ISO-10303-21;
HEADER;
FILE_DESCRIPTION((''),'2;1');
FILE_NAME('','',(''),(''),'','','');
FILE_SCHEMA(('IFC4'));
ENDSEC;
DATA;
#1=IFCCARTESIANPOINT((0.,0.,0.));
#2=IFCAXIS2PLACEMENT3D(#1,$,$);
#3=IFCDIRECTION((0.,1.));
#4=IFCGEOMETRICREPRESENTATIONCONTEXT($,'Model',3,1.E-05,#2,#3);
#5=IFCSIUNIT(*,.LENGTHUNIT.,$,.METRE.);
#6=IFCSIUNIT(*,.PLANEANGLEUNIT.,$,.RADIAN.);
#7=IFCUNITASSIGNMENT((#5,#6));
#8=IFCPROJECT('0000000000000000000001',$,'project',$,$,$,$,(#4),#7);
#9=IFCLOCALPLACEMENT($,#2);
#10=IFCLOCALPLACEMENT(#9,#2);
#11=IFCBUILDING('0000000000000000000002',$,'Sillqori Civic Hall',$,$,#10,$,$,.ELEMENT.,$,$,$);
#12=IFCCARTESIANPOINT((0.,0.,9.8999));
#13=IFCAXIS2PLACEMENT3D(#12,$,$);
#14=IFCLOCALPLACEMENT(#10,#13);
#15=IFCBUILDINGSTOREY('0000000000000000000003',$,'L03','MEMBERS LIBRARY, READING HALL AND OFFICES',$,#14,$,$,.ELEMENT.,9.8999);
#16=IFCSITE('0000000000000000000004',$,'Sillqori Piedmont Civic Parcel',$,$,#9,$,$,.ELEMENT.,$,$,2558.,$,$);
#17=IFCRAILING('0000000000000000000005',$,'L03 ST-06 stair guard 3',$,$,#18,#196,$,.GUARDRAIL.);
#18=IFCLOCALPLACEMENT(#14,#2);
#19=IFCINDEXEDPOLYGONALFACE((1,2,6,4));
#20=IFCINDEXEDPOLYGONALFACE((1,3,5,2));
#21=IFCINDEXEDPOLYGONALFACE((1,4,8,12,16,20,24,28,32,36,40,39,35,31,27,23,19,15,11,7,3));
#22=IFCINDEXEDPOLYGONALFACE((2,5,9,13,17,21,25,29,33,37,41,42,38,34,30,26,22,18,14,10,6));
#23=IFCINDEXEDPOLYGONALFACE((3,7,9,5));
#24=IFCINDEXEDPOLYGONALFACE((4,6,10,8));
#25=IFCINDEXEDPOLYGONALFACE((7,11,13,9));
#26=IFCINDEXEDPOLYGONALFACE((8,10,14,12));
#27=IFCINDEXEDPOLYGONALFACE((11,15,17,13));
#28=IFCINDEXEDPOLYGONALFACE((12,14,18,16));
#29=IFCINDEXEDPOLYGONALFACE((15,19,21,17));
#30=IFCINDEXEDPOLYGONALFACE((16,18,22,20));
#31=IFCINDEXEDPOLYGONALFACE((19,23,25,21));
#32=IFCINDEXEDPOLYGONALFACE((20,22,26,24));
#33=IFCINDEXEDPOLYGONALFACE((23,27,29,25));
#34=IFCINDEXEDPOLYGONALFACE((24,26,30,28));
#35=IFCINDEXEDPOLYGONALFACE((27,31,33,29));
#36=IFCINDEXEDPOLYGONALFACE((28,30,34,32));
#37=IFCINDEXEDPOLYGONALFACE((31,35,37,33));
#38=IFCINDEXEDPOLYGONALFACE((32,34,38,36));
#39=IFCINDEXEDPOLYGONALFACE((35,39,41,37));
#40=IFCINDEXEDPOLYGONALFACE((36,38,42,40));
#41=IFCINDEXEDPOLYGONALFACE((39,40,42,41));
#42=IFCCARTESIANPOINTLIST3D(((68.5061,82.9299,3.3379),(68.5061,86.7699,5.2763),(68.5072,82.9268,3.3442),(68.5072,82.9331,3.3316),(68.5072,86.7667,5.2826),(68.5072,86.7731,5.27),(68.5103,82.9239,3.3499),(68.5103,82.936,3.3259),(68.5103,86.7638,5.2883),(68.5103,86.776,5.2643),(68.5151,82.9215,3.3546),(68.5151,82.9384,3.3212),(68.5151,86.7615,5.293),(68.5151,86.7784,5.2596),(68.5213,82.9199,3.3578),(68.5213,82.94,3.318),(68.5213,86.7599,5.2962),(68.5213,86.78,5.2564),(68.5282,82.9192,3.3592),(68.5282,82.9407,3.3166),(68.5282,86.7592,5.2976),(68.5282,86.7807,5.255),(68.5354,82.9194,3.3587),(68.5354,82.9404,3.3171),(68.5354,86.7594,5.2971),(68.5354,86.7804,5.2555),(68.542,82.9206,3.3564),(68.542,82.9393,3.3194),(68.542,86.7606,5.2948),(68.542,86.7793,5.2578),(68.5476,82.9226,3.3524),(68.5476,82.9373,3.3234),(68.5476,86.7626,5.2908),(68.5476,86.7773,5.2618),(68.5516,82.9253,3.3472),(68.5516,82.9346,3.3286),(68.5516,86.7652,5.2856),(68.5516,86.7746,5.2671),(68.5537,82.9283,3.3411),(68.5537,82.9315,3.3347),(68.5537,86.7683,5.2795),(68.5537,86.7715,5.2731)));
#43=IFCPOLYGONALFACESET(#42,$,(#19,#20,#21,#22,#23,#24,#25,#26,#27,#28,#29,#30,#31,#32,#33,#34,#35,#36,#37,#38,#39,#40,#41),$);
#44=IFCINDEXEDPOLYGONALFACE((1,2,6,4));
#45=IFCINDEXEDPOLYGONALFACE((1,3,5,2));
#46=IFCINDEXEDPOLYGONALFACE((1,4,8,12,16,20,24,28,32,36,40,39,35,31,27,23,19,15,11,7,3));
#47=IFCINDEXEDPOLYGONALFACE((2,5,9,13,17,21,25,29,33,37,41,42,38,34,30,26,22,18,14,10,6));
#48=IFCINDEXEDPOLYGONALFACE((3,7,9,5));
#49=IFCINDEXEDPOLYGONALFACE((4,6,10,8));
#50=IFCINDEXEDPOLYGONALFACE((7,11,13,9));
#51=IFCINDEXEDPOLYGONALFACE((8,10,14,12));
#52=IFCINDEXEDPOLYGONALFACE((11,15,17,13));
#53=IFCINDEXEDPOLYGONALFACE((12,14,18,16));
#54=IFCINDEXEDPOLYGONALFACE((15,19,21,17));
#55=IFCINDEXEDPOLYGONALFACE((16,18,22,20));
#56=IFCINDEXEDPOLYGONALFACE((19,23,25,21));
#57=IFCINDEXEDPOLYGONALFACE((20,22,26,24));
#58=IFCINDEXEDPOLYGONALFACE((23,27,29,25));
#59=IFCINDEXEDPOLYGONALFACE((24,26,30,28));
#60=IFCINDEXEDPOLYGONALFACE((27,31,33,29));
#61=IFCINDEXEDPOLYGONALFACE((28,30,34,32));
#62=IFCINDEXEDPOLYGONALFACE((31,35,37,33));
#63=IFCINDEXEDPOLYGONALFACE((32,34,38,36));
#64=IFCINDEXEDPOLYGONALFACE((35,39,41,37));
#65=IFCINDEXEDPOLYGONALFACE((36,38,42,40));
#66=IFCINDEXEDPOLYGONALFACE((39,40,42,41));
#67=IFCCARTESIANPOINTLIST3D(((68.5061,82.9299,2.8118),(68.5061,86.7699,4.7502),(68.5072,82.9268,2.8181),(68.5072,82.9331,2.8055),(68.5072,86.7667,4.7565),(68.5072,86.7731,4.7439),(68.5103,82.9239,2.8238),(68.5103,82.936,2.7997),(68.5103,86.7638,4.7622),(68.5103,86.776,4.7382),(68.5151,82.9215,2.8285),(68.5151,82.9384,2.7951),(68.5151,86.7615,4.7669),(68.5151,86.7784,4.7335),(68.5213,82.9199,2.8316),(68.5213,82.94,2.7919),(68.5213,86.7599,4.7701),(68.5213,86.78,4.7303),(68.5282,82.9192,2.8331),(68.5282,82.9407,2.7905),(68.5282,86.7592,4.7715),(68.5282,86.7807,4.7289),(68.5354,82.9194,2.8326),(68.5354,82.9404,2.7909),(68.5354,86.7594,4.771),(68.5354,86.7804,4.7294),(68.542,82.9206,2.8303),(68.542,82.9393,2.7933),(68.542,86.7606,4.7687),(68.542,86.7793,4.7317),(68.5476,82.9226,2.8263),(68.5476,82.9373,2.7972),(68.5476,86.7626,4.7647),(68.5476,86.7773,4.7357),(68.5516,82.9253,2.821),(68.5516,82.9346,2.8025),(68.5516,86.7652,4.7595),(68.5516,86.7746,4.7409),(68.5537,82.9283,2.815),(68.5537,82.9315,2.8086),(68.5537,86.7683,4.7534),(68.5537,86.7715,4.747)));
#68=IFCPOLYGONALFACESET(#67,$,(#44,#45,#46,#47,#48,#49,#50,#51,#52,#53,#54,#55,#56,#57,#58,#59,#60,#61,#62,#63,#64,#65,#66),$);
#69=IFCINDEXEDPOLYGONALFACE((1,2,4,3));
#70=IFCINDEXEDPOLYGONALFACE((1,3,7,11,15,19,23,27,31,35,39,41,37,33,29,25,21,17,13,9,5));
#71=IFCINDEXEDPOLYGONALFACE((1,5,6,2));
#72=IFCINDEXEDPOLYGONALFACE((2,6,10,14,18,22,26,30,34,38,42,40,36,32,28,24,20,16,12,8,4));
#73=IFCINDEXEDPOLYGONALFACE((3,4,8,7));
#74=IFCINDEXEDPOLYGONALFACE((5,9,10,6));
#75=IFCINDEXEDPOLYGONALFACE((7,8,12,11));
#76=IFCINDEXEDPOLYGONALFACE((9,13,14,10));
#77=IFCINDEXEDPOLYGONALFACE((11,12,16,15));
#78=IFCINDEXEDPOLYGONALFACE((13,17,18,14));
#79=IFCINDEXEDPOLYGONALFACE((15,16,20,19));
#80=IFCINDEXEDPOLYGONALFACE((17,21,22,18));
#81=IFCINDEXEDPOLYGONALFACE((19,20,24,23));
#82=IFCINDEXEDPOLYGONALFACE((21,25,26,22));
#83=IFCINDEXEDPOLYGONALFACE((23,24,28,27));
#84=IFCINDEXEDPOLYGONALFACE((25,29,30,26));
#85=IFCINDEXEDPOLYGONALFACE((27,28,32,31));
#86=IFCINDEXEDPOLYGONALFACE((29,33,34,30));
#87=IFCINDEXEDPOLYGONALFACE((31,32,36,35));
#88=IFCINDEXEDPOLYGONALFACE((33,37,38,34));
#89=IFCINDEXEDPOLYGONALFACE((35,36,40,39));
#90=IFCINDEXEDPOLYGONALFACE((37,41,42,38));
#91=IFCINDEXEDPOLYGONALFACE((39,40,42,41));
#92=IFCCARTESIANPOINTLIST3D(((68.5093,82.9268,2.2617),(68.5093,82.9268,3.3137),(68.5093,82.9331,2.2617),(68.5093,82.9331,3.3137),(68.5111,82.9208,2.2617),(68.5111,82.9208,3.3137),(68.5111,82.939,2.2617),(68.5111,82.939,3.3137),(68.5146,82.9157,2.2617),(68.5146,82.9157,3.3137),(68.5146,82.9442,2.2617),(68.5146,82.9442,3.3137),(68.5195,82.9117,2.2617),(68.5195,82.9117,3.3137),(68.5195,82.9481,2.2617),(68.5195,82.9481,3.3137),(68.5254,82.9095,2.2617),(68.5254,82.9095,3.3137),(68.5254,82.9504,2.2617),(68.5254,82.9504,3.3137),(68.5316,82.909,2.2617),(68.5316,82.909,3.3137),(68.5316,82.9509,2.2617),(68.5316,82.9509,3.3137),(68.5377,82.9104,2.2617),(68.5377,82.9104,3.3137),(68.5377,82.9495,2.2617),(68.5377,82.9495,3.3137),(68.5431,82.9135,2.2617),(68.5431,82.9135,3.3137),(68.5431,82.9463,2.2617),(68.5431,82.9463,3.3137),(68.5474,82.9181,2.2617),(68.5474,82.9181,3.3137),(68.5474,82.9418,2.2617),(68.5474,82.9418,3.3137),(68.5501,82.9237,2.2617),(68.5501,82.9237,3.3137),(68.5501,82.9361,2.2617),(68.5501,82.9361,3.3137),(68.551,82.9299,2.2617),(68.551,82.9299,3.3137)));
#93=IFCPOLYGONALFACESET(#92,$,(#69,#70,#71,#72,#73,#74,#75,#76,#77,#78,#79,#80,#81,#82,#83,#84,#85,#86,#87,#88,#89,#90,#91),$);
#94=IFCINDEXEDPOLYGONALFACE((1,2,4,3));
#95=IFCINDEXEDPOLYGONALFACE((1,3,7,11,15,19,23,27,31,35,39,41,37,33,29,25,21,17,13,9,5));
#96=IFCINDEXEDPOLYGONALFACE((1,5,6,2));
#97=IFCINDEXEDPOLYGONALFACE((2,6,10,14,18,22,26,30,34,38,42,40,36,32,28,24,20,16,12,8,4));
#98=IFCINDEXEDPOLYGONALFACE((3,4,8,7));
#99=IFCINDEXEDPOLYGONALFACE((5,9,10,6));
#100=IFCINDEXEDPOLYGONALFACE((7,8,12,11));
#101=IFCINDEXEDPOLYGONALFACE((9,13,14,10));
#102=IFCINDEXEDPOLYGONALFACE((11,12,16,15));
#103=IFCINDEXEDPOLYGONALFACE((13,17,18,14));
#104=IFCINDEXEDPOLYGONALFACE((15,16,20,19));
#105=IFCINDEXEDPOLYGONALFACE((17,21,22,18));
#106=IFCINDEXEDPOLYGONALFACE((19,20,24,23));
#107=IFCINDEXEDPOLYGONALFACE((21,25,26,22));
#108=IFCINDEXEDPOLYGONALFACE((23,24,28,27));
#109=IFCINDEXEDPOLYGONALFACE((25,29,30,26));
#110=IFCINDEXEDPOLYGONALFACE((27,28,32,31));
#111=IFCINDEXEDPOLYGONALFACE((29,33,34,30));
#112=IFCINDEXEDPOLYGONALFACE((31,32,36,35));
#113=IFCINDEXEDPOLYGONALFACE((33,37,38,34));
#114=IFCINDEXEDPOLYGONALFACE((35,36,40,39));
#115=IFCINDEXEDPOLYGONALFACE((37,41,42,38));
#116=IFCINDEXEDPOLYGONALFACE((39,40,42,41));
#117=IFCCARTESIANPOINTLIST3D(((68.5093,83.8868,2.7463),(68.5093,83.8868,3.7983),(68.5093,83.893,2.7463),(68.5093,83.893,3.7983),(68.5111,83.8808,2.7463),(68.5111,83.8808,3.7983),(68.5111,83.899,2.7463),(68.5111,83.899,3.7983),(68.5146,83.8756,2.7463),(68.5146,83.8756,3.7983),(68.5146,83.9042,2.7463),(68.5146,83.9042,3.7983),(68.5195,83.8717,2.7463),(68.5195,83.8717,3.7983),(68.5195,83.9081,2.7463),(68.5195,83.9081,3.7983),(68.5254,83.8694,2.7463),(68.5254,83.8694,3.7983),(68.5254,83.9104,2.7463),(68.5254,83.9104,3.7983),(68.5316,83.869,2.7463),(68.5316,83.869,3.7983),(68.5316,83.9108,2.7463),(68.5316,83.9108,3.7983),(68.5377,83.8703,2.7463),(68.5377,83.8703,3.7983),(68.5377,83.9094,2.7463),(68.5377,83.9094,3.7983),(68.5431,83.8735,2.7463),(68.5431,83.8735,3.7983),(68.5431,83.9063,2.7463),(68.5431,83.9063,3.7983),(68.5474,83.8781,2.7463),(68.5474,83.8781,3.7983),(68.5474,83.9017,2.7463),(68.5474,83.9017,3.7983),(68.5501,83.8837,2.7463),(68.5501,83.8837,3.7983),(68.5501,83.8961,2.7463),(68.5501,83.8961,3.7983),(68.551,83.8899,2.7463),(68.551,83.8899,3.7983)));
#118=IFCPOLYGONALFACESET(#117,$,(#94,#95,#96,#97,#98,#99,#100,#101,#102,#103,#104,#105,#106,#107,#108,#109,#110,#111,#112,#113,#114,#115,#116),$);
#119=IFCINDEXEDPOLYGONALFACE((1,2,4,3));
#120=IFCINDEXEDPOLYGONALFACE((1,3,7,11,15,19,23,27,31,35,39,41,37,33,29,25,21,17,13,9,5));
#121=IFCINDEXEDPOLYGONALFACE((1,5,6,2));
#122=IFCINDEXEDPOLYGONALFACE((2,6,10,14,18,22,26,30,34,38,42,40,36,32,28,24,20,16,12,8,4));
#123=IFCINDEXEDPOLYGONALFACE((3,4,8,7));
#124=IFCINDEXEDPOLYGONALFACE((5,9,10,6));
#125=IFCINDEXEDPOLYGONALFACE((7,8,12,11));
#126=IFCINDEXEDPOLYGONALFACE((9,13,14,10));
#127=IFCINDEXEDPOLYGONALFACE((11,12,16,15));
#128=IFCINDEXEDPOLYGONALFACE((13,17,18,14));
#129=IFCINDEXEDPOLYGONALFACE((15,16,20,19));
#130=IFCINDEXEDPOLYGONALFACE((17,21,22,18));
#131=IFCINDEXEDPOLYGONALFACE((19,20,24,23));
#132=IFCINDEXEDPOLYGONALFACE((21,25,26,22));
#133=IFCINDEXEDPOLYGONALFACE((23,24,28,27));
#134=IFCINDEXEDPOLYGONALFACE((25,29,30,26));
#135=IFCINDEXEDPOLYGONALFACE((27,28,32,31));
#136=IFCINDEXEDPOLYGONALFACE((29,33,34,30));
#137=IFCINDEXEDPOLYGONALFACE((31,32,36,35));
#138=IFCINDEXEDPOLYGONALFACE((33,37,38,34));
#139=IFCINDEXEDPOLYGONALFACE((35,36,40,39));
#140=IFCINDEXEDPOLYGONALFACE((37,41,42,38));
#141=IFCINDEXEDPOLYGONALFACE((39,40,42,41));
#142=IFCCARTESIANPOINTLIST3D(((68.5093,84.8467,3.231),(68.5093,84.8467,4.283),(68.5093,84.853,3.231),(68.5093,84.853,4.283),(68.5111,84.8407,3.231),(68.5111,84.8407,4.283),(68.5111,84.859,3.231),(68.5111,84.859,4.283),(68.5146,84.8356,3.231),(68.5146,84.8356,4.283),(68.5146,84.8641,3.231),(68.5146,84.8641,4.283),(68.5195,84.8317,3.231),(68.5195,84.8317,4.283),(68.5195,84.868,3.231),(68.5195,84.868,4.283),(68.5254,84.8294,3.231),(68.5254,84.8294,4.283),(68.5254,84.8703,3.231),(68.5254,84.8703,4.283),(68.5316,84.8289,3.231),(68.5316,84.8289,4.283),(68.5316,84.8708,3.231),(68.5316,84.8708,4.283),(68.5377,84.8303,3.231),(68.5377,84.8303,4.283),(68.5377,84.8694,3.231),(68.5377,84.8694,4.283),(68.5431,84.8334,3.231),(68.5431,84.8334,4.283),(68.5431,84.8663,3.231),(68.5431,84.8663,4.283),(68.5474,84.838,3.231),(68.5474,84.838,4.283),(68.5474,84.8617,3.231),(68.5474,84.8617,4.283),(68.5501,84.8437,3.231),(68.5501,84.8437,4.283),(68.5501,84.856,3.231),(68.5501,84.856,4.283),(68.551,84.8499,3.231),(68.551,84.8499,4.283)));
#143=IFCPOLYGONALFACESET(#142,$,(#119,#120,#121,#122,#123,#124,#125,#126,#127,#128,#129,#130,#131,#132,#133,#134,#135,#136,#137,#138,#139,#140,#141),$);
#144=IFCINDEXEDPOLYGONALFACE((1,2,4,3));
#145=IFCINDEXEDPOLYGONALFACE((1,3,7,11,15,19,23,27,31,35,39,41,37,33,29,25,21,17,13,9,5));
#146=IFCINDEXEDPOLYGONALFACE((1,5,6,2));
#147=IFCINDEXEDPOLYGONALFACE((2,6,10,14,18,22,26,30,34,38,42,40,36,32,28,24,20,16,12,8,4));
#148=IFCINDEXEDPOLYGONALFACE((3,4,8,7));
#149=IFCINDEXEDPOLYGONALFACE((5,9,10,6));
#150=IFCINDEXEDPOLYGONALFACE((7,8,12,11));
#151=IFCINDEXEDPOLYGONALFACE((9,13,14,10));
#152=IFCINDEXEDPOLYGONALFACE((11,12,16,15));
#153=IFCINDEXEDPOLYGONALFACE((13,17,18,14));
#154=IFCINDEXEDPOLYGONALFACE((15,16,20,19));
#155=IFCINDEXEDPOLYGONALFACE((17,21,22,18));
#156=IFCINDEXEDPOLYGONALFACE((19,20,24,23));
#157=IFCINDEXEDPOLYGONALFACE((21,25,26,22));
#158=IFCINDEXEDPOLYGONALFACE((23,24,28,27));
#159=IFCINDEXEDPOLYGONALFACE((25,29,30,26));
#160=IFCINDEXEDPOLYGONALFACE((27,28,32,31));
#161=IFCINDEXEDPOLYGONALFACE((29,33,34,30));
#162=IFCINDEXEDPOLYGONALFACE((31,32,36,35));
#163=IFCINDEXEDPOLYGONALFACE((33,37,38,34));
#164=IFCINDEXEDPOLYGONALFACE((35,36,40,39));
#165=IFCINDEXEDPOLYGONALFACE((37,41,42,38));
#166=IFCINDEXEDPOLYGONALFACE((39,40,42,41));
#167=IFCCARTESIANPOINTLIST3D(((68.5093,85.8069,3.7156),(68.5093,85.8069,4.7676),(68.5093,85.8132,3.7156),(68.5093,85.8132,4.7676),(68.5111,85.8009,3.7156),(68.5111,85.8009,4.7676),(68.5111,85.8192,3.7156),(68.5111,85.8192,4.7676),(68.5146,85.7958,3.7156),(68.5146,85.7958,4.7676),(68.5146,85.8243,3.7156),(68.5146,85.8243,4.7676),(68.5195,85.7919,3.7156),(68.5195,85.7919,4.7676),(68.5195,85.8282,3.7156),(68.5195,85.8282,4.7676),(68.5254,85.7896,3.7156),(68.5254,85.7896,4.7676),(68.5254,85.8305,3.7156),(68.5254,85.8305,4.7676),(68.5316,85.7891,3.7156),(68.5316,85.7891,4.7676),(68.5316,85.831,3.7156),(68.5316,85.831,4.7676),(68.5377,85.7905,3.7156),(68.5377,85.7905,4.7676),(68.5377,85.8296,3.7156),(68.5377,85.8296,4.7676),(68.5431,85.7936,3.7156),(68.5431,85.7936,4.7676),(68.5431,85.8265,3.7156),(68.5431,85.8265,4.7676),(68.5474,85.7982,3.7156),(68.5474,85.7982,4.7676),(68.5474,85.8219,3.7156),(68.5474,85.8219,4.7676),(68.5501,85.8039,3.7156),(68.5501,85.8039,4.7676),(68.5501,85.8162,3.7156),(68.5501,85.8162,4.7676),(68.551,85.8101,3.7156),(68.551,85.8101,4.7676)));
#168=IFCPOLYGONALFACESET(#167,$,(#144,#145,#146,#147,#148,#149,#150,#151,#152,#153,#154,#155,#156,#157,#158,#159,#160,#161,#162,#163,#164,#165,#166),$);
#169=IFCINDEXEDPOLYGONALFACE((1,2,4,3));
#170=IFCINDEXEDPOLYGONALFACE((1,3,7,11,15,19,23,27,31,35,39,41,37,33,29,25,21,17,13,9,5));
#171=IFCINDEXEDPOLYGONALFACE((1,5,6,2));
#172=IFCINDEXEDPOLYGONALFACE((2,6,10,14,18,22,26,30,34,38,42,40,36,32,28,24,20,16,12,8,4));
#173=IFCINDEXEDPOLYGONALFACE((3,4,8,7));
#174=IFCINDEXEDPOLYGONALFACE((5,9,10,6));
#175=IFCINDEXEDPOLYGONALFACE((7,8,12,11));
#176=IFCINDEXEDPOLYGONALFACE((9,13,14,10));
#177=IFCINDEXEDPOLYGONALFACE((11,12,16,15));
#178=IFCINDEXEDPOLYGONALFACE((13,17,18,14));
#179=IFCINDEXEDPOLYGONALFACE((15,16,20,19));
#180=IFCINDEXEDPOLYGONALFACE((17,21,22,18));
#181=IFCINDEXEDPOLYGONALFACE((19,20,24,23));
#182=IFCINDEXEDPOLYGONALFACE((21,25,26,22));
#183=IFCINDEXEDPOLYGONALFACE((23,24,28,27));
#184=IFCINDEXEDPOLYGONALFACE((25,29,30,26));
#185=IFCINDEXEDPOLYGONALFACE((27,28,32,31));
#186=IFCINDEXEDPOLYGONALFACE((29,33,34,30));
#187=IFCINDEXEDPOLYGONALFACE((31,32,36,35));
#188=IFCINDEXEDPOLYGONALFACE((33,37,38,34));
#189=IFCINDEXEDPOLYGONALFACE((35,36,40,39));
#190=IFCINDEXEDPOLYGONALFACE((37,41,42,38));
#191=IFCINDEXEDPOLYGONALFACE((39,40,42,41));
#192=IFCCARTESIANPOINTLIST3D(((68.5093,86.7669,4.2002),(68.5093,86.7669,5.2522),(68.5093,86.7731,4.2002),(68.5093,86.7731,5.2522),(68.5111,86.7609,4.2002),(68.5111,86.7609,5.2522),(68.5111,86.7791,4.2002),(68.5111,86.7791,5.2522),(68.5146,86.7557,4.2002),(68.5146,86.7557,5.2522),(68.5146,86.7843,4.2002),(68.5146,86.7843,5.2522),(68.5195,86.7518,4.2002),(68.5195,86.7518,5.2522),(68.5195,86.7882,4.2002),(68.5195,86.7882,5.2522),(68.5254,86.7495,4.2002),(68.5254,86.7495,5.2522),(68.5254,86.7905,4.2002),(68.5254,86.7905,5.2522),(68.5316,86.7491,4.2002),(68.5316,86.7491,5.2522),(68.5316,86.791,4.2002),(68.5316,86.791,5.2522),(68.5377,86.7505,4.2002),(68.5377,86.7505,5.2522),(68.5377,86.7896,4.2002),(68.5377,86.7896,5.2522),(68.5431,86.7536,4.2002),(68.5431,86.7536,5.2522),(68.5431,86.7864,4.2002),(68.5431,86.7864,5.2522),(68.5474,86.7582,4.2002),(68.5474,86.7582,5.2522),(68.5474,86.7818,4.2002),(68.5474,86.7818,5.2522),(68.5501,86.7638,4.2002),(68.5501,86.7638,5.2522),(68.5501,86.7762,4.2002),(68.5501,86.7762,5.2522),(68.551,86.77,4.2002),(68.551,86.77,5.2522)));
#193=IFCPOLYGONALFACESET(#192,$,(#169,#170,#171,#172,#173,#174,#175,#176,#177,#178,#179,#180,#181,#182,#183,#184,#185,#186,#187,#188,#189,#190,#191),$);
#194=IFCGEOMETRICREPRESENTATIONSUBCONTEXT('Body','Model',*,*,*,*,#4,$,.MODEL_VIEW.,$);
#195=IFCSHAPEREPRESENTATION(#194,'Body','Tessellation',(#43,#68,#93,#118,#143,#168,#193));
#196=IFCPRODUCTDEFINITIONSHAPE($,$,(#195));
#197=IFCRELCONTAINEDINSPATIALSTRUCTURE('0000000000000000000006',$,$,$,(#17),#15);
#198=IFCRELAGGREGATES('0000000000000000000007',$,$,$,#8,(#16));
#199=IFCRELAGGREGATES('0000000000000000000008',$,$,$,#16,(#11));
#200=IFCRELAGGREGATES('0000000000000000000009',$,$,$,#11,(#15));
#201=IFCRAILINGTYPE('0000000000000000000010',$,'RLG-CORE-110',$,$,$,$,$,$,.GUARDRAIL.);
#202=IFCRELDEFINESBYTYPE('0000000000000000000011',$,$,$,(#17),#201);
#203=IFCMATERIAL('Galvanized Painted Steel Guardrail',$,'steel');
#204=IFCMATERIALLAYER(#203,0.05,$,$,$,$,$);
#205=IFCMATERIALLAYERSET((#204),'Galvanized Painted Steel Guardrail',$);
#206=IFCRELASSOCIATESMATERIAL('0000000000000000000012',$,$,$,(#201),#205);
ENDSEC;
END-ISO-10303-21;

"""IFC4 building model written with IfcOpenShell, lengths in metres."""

from ifc_helpers import new_model, si_unit, direction, frame, origin, origin_2d, place, context, subcontext, project, spatial, circle, extrude, material, layer, layer_set, type_object, element, save


model = new_model("IFC4")

# Units and contexts
model_context = context("Model", 3, precision=1e-05, world=origin(), true_north=direction((0.0, 1.0)))
body_context = subcontext(model_context, "Body", "Model", "MODEL_VIEW")
ifc_project = project(units=[si_unit("LENGTHUNIT", "METRE"), si_unit("PLANEANGLEUNIT", "RADIAN")], contexts=[model_context])

# Site, building, storey
site_placement = place(None, origin())
site = spatial("IfcSite", under=ifc_project, at=site_placement, Name="Sillqori Piedmont Civic Parcel", CompositionType="ELEMENT", RefElevation=2558.0)
building_placement = place(site_placement, origin())
building = spatial("IfcBuilding", under=site, at=building_placement, Name="Sillqori Civic Hall", CompositionType="ELEMENT")
storey_placement = place(building_placement, frame((0.0, 0.0, 9.8999)))
storey = spatial("IfcBuildingStorey", under=building, at=storey_placement, Name="L03", Description="MEMBERS LIBRARY, READING HALL AND OFFICES", CompositionType="ELEMENT", Elevation=9.8999)

# Railing
ifc_material_1 = material(Name="Galvanized Painted Steel Guardrail", Category="steel")
ifc_layer_1 = layer(ifc_material_1, 0.05)
ifc_layer_set_1 = layer_set([ifc_layer_1], Name="Galvanized Painted Steel Guardrail")
railing_type_1 = type_object("IfcRailingType", Name="RLG-CORE-110", PredefinedType="GUARDRAIL", material=ifc_layer_set_1)
railing_1_placement = place(storey_placement, frame((68.53, 82.9299, 2.2617)))
element("IfcRailing", 1, at=railing_1_placement, inside=storey, type_object=railing_type_1, Name="L03 ST-06 stair guard 3", PredefinedType="GUARDRAIL", context=body_context, shape_type="SweptSolid", body=[
    extrude(circle(Radius=0.0239, at=origin_2d()), frame((0.0, 0.0, 1.0762), z_axis=(0.0, 0.892707, 0.450638), x_axis=(-1.0, 0.0, 0.0)), (0.0, 0.0, 1.0), 4.3015),
    extrude(circle(Radius=0.0239, at=origin_2d()), frame((0.0, 0.0, 0.55), z_axis=(0.0, 0.892707, 0.450638), x_axis=(-1.0, 0.0, 0.0)), (0.0, 0.0, 1.0), 4.3015),
    extrude(circle(Radius=0.021, at=origin_2d()), origin(), (0.0, 0.0, 1.0), 1.052),
    extrude(circle(Radius=0.021, at=origin_2d()), frame((0.0, 0.96, 0.4846)), (0.0, 0.0, 1.0), 1.052),
    extrude(circle(Radius=0.021, at=origin_2d()), frame((0.0, 1.9199, 0.9692)), (0.0, 0.0, 1.0), 1.052),
    extrude(circle(Radius=0.021, at=origin_2d()), frame((0.0, 2.8801, 1.4539)), (0.0, 0.0, 1.0), 1.052),
    extrude(circle(Radius=0.021, at=origin_2d()), frame((0.0, 3.8401, 1.9385)), (0.0, 0.0, 1.0), 1.052),
])

save(model, "model.ifc")
